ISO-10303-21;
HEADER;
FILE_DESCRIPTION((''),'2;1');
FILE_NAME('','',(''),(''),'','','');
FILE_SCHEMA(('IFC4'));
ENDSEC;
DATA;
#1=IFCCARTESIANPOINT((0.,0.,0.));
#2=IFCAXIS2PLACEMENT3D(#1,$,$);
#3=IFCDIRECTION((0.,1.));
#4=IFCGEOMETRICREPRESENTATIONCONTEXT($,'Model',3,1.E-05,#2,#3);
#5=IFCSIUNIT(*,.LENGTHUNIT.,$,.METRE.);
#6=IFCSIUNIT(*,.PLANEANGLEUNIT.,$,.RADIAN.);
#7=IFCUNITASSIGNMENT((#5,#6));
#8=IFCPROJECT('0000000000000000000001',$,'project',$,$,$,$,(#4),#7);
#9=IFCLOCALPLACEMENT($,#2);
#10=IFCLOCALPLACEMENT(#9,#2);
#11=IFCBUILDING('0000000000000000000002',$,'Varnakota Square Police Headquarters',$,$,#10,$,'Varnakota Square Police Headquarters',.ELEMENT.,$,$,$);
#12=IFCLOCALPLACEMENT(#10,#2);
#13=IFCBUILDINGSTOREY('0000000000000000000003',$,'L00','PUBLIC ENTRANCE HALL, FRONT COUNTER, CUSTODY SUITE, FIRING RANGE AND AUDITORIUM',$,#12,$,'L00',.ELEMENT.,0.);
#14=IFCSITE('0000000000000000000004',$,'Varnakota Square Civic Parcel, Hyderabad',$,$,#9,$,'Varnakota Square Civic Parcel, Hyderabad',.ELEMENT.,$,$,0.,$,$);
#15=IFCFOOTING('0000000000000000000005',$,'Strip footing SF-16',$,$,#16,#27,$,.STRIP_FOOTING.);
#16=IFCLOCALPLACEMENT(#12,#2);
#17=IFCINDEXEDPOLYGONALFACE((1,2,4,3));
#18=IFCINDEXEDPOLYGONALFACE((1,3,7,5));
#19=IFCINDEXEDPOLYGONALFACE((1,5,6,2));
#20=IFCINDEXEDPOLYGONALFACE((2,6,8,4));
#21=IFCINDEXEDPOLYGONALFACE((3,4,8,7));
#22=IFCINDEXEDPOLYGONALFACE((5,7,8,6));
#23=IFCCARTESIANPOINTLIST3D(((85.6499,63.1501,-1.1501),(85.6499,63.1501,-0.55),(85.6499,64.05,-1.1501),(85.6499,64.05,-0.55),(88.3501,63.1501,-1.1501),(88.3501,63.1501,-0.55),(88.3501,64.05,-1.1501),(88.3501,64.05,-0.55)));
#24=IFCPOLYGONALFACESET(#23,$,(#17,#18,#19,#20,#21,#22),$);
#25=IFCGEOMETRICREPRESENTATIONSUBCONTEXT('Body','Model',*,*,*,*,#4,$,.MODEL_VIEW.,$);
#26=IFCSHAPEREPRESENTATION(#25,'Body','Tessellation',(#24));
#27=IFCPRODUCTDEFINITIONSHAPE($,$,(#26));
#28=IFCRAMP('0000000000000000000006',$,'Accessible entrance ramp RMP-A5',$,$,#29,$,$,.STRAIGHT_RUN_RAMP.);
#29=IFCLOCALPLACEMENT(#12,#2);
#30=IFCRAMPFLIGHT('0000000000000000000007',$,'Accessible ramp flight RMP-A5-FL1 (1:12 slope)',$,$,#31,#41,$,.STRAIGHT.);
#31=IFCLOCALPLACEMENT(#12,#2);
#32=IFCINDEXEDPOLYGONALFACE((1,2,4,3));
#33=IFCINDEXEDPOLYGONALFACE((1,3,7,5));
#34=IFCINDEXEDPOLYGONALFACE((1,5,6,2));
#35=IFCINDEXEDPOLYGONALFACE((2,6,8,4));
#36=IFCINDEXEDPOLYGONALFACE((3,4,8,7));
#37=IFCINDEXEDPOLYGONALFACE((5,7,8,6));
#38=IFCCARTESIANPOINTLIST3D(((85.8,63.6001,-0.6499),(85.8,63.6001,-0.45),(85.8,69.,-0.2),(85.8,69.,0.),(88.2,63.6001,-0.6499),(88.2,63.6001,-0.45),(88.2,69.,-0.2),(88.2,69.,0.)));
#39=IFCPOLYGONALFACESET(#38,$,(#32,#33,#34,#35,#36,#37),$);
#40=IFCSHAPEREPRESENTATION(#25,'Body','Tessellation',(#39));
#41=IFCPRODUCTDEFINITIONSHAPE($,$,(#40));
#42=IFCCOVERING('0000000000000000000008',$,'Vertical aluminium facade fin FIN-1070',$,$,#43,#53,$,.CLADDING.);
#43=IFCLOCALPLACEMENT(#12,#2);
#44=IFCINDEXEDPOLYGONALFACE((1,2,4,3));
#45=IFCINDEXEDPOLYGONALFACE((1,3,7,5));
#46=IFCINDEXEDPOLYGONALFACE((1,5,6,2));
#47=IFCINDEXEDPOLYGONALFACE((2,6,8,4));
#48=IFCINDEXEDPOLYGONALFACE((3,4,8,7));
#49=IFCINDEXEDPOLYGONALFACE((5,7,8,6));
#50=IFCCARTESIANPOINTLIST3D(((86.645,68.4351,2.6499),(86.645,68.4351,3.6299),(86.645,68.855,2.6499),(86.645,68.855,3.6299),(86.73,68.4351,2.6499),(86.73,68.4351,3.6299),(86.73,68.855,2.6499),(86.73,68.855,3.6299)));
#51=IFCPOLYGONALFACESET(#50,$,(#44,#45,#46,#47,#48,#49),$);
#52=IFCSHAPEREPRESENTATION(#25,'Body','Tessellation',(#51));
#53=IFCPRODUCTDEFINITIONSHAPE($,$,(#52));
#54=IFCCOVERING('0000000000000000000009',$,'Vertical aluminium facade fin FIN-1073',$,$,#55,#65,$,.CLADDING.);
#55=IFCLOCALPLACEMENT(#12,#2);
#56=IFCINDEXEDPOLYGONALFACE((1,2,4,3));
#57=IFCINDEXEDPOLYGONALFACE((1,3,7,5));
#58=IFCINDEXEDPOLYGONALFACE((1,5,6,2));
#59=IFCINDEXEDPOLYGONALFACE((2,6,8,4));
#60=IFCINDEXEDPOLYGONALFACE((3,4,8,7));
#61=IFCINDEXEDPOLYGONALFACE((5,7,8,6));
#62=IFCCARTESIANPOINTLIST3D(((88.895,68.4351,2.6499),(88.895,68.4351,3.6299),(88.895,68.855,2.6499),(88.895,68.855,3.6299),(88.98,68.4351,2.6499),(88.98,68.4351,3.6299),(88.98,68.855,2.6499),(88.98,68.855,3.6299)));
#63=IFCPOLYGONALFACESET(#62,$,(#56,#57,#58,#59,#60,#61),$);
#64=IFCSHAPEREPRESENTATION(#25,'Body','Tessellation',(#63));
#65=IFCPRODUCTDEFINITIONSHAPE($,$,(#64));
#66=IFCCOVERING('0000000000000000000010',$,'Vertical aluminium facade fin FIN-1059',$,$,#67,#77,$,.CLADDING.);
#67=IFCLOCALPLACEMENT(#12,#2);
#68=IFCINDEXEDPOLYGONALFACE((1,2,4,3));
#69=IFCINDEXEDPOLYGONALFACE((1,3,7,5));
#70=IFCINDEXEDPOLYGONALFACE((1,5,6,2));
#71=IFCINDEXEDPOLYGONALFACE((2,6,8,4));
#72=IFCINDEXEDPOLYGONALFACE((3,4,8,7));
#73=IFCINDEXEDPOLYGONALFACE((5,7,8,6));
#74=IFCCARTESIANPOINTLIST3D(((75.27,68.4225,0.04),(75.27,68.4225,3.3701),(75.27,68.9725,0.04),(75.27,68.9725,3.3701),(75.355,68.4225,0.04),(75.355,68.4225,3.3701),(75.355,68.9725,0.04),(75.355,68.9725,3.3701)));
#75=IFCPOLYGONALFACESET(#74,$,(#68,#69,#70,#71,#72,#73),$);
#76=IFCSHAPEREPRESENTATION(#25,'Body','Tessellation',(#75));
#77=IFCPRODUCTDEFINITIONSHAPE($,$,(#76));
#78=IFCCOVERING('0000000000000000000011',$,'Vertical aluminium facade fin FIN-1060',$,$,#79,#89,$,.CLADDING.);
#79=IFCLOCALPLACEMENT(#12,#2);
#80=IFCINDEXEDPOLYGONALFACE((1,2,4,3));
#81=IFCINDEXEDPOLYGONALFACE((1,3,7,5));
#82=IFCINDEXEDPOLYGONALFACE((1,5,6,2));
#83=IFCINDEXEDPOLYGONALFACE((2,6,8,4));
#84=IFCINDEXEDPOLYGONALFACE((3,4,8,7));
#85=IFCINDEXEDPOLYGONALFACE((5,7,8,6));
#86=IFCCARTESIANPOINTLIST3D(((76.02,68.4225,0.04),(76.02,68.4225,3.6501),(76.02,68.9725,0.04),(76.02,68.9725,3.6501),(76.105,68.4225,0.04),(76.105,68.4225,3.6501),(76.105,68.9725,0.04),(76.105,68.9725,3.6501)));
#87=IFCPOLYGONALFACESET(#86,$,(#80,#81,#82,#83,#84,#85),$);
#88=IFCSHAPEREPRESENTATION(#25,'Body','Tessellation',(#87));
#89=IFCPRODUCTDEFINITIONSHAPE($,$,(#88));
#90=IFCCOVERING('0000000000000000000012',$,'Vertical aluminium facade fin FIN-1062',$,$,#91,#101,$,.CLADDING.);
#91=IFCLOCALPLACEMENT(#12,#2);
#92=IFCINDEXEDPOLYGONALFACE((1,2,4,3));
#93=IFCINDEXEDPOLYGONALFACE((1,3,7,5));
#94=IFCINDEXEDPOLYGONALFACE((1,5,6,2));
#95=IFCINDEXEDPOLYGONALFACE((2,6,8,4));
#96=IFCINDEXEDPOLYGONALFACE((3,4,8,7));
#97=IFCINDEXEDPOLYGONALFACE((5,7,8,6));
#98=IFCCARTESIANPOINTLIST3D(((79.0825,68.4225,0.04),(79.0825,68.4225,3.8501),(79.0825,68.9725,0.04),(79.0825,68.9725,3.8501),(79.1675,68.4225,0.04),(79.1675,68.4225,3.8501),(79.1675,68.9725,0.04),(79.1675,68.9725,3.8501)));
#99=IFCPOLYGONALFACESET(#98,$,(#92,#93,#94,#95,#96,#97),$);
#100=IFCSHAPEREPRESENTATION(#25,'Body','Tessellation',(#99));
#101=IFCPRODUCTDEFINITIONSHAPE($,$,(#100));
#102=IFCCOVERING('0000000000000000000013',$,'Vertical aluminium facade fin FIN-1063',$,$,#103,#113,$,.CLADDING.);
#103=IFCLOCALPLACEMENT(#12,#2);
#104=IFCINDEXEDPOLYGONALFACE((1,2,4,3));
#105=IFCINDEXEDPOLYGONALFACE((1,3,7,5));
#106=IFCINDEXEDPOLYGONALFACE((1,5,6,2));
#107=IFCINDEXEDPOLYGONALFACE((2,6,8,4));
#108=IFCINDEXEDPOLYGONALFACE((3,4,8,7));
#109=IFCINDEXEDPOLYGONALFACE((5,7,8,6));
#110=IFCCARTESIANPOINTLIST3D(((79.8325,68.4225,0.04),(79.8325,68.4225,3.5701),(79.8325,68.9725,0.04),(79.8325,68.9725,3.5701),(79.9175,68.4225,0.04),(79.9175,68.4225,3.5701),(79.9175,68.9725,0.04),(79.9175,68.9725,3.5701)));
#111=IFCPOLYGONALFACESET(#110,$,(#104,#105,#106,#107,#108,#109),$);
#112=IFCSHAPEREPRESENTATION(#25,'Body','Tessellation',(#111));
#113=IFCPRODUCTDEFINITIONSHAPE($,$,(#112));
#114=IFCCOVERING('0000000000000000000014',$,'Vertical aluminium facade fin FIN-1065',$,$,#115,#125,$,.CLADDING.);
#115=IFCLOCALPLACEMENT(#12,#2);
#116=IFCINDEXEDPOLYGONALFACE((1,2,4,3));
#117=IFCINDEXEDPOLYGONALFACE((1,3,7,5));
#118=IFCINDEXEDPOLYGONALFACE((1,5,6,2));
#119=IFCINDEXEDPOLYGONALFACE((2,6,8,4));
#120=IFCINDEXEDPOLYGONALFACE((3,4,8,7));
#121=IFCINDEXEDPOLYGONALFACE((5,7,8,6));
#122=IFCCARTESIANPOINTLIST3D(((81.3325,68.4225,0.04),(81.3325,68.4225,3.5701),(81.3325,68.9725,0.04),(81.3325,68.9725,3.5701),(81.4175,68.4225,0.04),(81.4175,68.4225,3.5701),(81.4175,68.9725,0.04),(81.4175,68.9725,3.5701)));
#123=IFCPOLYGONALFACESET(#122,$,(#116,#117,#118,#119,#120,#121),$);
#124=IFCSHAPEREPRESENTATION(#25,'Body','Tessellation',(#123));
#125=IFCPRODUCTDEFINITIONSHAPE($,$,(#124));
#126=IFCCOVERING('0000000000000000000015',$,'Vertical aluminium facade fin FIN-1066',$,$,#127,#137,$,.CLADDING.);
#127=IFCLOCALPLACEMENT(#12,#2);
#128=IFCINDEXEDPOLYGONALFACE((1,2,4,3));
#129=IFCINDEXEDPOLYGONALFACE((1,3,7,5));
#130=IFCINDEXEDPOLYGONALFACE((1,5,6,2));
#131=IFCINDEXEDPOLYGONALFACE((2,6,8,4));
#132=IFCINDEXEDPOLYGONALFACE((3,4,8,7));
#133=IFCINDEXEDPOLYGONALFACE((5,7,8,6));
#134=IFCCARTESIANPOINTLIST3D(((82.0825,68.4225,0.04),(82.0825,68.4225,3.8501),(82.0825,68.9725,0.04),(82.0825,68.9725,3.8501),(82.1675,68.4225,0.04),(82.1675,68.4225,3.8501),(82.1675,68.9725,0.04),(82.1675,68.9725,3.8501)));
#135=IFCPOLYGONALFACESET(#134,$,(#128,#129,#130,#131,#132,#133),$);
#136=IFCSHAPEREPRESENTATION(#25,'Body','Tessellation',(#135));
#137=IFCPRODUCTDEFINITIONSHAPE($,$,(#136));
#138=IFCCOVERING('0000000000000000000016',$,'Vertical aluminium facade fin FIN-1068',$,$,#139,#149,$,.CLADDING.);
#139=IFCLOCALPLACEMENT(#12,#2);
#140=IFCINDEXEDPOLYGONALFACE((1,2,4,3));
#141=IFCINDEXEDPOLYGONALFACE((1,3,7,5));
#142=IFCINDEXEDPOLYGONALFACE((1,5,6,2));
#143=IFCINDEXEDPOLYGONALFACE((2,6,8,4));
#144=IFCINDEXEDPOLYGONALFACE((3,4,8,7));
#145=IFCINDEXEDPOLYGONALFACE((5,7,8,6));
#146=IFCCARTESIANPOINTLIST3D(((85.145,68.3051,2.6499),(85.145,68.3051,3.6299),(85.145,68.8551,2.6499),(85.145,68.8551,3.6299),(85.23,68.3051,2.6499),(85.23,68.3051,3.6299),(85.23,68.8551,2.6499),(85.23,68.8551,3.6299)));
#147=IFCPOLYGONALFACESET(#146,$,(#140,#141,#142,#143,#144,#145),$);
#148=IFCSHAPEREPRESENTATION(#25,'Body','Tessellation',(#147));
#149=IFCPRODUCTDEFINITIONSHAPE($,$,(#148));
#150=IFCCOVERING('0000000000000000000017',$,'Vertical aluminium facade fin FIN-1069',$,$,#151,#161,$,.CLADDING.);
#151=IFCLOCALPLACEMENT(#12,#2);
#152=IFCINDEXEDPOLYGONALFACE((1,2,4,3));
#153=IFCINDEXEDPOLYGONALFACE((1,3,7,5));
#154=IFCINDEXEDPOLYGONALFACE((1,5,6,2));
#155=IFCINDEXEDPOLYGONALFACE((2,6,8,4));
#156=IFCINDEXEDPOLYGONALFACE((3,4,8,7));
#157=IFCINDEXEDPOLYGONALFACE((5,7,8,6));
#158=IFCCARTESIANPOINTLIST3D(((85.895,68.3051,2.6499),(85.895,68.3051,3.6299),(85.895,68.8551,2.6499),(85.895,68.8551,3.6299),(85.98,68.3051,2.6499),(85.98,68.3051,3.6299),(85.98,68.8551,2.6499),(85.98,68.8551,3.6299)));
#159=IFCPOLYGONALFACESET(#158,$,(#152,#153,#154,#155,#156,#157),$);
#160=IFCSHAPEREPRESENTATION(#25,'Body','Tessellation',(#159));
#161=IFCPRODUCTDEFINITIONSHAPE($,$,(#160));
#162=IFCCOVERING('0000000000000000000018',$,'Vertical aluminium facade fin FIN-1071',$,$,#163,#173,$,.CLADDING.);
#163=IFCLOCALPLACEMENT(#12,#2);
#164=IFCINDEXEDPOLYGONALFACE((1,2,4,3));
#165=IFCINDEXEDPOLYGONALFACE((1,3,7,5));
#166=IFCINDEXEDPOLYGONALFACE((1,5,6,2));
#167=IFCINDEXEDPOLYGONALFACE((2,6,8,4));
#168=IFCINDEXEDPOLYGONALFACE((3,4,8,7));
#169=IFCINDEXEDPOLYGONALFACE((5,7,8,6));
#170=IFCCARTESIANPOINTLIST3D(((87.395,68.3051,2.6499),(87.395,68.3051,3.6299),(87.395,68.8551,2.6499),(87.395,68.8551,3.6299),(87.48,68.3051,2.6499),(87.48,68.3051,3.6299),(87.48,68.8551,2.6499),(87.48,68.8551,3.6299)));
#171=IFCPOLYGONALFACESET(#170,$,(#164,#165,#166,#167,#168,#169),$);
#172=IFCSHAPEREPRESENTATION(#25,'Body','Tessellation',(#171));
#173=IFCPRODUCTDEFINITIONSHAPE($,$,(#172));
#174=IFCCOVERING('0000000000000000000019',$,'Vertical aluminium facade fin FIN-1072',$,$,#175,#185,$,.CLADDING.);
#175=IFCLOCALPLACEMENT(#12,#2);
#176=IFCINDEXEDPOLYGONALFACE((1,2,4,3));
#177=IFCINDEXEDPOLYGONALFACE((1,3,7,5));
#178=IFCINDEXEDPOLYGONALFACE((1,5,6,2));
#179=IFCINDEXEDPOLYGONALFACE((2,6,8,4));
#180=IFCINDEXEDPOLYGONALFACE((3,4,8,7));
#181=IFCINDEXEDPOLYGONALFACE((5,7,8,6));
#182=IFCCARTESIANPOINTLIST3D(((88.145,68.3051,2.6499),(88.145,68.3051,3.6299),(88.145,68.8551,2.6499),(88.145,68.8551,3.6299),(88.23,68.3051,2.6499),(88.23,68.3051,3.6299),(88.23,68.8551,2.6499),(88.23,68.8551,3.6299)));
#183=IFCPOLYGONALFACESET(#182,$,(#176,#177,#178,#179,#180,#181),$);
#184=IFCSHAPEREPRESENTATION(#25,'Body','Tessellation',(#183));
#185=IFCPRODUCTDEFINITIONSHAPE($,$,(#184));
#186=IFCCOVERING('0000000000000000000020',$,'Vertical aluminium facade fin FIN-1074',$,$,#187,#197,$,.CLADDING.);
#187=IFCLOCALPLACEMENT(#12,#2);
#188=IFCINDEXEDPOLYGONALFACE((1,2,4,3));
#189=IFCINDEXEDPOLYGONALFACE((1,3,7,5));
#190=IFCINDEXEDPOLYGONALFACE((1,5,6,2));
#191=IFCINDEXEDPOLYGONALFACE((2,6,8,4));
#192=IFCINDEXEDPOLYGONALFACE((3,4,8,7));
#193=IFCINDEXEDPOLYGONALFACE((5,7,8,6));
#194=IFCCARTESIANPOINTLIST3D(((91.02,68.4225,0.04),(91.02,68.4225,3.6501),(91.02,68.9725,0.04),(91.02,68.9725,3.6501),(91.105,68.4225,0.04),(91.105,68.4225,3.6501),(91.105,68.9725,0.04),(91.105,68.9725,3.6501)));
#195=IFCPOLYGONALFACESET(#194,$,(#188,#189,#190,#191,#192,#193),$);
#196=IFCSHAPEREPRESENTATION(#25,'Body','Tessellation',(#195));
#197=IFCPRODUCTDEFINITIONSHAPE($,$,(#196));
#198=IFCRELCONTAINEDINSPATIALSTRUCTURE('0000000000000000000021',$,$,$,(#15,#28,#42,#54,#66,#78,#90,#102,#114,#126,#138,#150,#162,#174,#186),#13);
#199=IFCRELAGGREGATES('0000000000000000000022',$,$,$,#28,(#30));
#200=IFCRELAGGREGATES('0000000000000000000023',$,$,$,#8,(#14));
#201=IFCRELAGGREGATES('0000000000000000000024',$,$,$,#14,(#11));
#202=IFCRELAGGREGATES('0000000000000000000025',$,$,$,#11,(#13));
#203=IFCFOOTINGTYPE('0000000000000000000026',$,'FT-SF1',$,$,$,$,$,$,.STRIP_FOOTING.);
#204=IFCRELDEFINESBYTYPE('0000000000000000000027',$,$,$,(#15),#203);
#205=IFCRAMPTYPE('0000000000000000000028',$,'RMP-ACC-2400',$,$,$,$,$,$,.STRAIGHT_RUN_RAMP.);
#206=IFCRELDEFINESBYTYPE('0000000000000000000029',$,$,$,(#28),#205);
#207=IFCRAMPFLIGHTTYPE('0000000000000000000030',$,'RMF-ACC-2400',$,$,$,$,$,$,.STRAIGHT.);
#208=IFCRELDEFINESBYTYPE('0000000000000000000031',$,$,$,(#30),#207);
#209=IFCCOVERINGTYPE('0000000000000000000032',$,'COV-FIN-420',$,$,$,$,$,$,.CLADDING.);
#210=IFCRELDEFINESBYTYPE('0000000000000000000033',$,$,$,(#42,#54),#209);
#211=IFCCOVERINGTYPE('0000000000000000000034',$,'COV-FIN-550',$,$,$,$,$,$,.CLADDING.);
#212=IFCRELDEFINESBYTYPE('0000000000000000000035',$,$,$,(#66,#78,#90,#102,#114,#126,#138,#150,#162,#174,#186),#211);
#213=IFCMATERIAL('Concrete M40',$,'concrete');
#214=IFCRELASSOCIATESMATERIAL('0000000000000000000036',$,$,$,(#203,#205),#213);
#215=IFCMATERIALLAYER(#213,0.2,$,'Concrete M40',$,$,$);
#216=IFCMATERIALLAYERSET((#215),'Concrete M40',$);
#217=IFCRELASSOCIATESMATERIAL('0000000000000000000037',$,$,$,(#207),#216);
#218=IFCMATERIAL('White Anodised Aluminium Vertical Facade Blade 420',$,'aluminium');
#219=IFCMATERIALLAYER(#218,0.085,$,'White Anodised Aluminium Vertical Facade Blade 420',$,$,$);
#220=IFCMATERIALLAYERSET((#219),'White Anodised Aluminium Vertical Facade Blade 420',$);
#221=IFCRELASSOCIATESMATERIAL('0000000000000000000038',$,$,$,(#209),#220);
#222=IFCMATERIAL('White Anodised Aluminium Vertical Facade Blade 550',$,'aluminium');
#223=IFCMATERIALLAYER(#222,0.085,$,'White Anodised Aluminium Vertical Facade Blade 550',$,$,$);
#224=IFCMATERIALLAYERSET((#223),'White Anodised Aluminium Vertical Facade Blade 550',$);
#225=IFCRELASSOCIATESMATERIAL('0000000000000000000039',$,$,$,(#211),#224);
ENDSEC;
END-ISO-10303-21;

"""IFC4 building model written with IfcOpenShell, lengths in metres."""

from ifc_helpers import new_model, si_unit, direction, frame, origin, origin_2d, place, context, subcontext, project, spatial, polyline, rectangle, outline, extrude, material, layer, layer_set, material_profile, profile_set, type_object, element, aggregate, save


model = new_model("IFC4")

# Units and contexts
model_context = context("Model", 3, precision=1e-05, world=origin(), true_north=direction((0.0, 1.0)))
body_context = subcontext(model_context, "Body", "Model", "MODEL_VIEW")
ifc_project = project(units=[si_unit("LENGTHUNIT", "METRE"), si_unit("PLANEANGLEUNIT", "RADIAN")], contexts=[model_context])

# Site, building, storey
site_placement = place(None, origin())
site = spatial("IfcSite", under=ifc_project, at=site_placement, Name="Varnakota Square Civic Parcel, Hyderabad", LongName="Varnakota Square Civic Parcel, Hyderabad", CompositionType="ELEMENT", RefElevation=0.0)
building_placement = place(site_placement, origin())
building = spatial("IfcBuilding", under=site, at=building_placement, Name="Varnakota Square Police Headquarters", LongName="Varnakota Square Police Headquarters", CompositionType="ELEMENT")
storey_placement = place(building_placement, origin())
storey = spatial("IfcBuildingStorey", under=building, at=storey_placement, Name="L00", Description="PUBLIC ENTRANCE HALL, FRONT COUNTER, CUSTODY SUITE, FIRING RANGE AND AUDITORIUM", LongName="L00", CompositionType="ELEMENT", Elevation=0.0)

# Footing
ifc_material_1 = material(Name="Concrete M40", Category="concrete")
ifc_material_profile = material_profile(ifc_material_1, rectangle(XDim=0.8999, YDim=0.6001, at=origin_2d()), Name="SF 900x600")
ifc_profile_set = profile_set([ifc_material_profile], Name="Concrete M40")
footing_type = type_object("IfcFootingType", Name="FT-SF1", PredefinedType="STRIP_FOOTING", material=ifc_profile_set)
footing_placement = place(storey_placement, frame((88.3501, 63.6001, -0.8501), z_axis=(-1.0, 0.0, 0.0), x_axis=(0.0, -1.0, 0.0)))
element("IfcFooting", 1, at=footing_placement, inside=storey, type_object=footing_type, Name="Strip footing SF-16", PredefinedType="STRIP_FOOTING", context=body_context, shape_type="SweptSolid", body=[
    extrude(rectangle(XDim=0.8999, YDim=0.6001, at=origin_2d()), origin(), (0.0, 0.0, 1.0), 2.7002),
])

# Ramp, ramp flight
ramp_type = type_object("IfcRampType", Name="RMP-ACC-2400", PredefinedType="STRAIGHT_RUN_RAMP", material=ifc_material_1)
ramp_placement = place(storey_placement, origin())
ramp = element("IfcRamp", 2, at=ramp_placement, inside=storey, type_object=ramp_type, Name="Accessible entrance ramp RMP-A5", PredefinedType="STRAIGHT_RUN_RAMP")
ifc_layer_1 = layer(ifc_material_1, 0.2, Name="Concrete M40")
ifc_layer_set_1 = layer_set([ifc_layer_1], Name="Concrete M40")
ramp_flight_type = type_object("IfcRampFlightType", Name="RMF-ACC-2400", PredefinedType="STRAIGHT", material=ifc_layer_set_1)
ramp_flight_placement = place(storey_placement, frame((87.0, 63.6001, -0.45), z_axis=(0.0, 0.0, 1.0), x_axis=(0.0, 1.0, 0.0)))
ramp_flight = element("IfcRampFlight", 3, at=ramp_flight_placement, type_object=ramp_flight_type, Name="Accessible ramp flight RMP-A5-FL1 (1:12 slope)", PredefinedType="STRAIGHT", context=body_context, shape_type="SweptSolid", body=[
    extrude(outline(polyline([(0.0, 0.0), (5.3999, 0.45), (5.3999, 0.25), (0.0, -0.2), (0.0, 0.0)])), frame((0.0, 1.2, 0.0), z_axis=(0.0, -1.0, 0.0), x_axis=(1.0, 0.0, 0.0)), (0.0, 0.0, 1.0), 2.3999),
])
aggregate(ramp, [ramp_flight])

# Coverings
ifc_material_2 = material(Name="White Anodised Aluminium Vertical Facade Blade 420", Category="aluminium")
ifc_layer_2 = layer(ifc_material_2, 0.085, Name="White Anodised Aluminium Vertical Facade Blade 420")
ifc_layer_set_2 = layer_set([ifc_layer_2], Name="White Anodised Aluminium Vertical Facade Blade 420")
covering_type_1 = type_object("IfcCoveringType", Name="COV-FIN-420", PredefinedType="CLADDING", material=ifc_layer_set_2)
for number, where, z_axis, x_axis, name in (
    (4, (86.6875, 68.645, 2.6499), (0.0, 0.0, 1.0), (1.0, 0.0, 0.0), "Vertical aluminium facade fin FIN-1070"),
    (5, (88.9375, 68.645, 2.6499), (0.0, 0.0, 1.0), (1.0, 0.0, 0.0), "Vertical aluminium facade fin FIN-1073"),
):
    element("IfcCovering", number, at=place(storey_placement, frame(where, z_axis=z_axis, x_axis=x_axis)), inside=storey, type_object=covering_type_1, Name=name, PredefinedType="CLADDING", context=body_context, shape_type="SweptSolid", body=[
        extrude(rectangle(XDim=0.085, YDim=0.4199, at=origin_2d()), origin(), (0.0, 0.0, 1.0), 0.98),
    ])
ifc_material_3 = material(Name="White Anodised Aluminium Vertical Facade Blade 550", Category="aluminium")
ifc_layer_3 = layer(ifc_material_3, 0.085, Name="White Anodised Aluminium Vertical Facade Blade 550")
ifc_layer_set_3 = layer_set([ifc_layer_3], Name="White Anodised Aluminium Vertical Facade Blade 550")
covering_type_2 = type_object("IfcCoveringType", Name="COV-FIN-550", PredefinedType="CLADDING", material=ifc_layer_set_3)
covering_1_placement = place(storey_placement, frame((75.3125, 68.6975, 0.04), z_axis=(0.0, 0.0, 1.0), x_axis=(1.0, 0.0, 0.0)))
element("IfcCovering", 6, at=covering_1_placement, inside=storey, type_object=covering_type_2, Name="Vertical aluminium facade fin FIN-1059", PredefinedType="CLADDING", context=body_context, shape_type="SweptSolid", body=[
    extrude(rectangle(XDim=0.085, YDim=0.55, at=origin_2d()), origin(), (0.0, 0.0, 1.0), 3.3301),
])
covering_2_placement = place(storey_placement, frame((76.0625, 68.6975, 0.04), z_axis=(0.0, 0.0, 1.0), x_axis=(1.0, 0.0, 0.0)))
element("IfcCovering", 7, at=covering_2_placement, inside=storey, type_object=covering_type_2, Name="Vertical aluminium facade fin FIN-1060", PredefinedType="CLADDING", context=body_context, shape_type="SweptSolid", body=[
    extrude(rectangle(XDim=0.085, YDim=0.55, at=origin_2d()), origin(), (0.0, 0.0, 1.0), 3.6101),
])
covering_3_placement = place(storey_placement, frame((79.125, 68.6975, 0.04), z_axis=(0.0, 0.0, 1.0), x_axis=(1.0, 0.0, 0.0)))
element("IfcCovering", 8, at=covering_3_placement, inside=storey, type_object=covering_type_2, Name="Vertical aluminium facade fin FIN-1062", PredefinedType="CLADDING", context=body_context, shape_type="SweptSolid", body=[
    extrude(rectangle(XDim=0.085, YDim=0.55, at=origin_2d()), origin(), (0.0, 0.0, 1.0), 3.8101),
])
for number, where, z_axis, x_axis, name in (
    (9, (79.875, 68.6975, 0.04), (0.0, 0.0, 1.0), (1.0, 0.0, 0.0), "Vertical aluminium facade fin FIN-1063"),
    (10, (81.375, 68.6975, 0.04), (0.0, 0.0, 1.0), (1.0, 0.0, 0.0), "Vertical aluminium facade fin FIN-1065"),
):
    element("IfcCovering", number, at=place(storey_placement, frame(where, z_axis=z_axis, x_axis=x_axis)), inside=storey, type_object=covering_type_2, Name=name, PredefinedType="CLADDING", context=body_context, shape_type="SweptSolid", body=[
        extrude(rectangle(XDim=0.085, YDim=0.55, at=origin_2d()), origin(), (0.0, 0.0, 1.0), 3.53),
    ])
covering_4_placement = place(storey_placement, frame((82.125, 68.6975, 0.04), z_axis=(0.0, 0.0, 1.0), x_axis=(1.0, 0.0, 0.0)))
element("IfcCovering", 11, at=covering_4_placement, inside=storey, type_object=covering_type_2, Name="Vertical aluminium facade fin FIN-1066", PredefinedType="CLADDING", context=body_context, shape_type="SweptSolid", body=[
    extrude(rectangle(XDim=0.085, YDim=0.55, at=origin_2d()), origin(), (0.0, 0.0, 1.0), 3.8101),
])
for number, where, z_axis, x_axis, name in (
    (12, (85.1875, 68.5801, 2.6499), (0.0, 0.0, 1.0), (1.0, 0.0, 0.0), "Vertical aluminium facade fin FIN-1068"),
    (13, (85.9375, 68.5801, 2.6499), (0.0, 0.0, 1.0), (1.0, 0.0, 0.0), "Vertical aluminium facade fin FIN-1069"),
    (14, (87.4375, 68.5801, 2.6499), (0.0, 0.0, 1.0), (1.0, 0.0, 0.0), "Vertical aluminium facade fin FIN-1071"),
    (15, (88.1875, 68.5801, 2.6499), (0.0, 0.0, 1.0), (1.0, 0.0, 0.0), "Vertical aluminium facade fin FIN-1072"),
):
    element("IfcCovering", number, at=place(storey_placement, frame(where, z_axis=z_axis, x_axis=x_axis)), inside=storey, type_object=covering_type_2, Name=name, PredefinedType="CLADDING", context=body_context, shape_type="SweptSolid", body=[
        extrude(rectangle(XDim=0.085, YDim=0.55, at=origin_2d()), origin(), (0.0, 0.0, 1.0), 0.98),
    ])
covering_5_placement = place(storey_placement, frame((91.0625, 68.6975, 0.04), z_axis=(0.0, 0.0, 1.0), x_axis=(1.0, 0.0, 0.0)))
element("IfcCovering", 16, at=covering_5_placement, inside=storey, type_object=covering_type_2, Name="Vertical aluminium facade fin FIN-1074", PredefinedType="CLADDING", context=body_context, shape_type="SweptSolid", body=[
    extrude(rectangle(XDim=0.085, YDim=0.55, at=origin_2d()), origin(), (0.0, 0.0, 1.0), 3.6101),
])

save(model, "model.ifc")
